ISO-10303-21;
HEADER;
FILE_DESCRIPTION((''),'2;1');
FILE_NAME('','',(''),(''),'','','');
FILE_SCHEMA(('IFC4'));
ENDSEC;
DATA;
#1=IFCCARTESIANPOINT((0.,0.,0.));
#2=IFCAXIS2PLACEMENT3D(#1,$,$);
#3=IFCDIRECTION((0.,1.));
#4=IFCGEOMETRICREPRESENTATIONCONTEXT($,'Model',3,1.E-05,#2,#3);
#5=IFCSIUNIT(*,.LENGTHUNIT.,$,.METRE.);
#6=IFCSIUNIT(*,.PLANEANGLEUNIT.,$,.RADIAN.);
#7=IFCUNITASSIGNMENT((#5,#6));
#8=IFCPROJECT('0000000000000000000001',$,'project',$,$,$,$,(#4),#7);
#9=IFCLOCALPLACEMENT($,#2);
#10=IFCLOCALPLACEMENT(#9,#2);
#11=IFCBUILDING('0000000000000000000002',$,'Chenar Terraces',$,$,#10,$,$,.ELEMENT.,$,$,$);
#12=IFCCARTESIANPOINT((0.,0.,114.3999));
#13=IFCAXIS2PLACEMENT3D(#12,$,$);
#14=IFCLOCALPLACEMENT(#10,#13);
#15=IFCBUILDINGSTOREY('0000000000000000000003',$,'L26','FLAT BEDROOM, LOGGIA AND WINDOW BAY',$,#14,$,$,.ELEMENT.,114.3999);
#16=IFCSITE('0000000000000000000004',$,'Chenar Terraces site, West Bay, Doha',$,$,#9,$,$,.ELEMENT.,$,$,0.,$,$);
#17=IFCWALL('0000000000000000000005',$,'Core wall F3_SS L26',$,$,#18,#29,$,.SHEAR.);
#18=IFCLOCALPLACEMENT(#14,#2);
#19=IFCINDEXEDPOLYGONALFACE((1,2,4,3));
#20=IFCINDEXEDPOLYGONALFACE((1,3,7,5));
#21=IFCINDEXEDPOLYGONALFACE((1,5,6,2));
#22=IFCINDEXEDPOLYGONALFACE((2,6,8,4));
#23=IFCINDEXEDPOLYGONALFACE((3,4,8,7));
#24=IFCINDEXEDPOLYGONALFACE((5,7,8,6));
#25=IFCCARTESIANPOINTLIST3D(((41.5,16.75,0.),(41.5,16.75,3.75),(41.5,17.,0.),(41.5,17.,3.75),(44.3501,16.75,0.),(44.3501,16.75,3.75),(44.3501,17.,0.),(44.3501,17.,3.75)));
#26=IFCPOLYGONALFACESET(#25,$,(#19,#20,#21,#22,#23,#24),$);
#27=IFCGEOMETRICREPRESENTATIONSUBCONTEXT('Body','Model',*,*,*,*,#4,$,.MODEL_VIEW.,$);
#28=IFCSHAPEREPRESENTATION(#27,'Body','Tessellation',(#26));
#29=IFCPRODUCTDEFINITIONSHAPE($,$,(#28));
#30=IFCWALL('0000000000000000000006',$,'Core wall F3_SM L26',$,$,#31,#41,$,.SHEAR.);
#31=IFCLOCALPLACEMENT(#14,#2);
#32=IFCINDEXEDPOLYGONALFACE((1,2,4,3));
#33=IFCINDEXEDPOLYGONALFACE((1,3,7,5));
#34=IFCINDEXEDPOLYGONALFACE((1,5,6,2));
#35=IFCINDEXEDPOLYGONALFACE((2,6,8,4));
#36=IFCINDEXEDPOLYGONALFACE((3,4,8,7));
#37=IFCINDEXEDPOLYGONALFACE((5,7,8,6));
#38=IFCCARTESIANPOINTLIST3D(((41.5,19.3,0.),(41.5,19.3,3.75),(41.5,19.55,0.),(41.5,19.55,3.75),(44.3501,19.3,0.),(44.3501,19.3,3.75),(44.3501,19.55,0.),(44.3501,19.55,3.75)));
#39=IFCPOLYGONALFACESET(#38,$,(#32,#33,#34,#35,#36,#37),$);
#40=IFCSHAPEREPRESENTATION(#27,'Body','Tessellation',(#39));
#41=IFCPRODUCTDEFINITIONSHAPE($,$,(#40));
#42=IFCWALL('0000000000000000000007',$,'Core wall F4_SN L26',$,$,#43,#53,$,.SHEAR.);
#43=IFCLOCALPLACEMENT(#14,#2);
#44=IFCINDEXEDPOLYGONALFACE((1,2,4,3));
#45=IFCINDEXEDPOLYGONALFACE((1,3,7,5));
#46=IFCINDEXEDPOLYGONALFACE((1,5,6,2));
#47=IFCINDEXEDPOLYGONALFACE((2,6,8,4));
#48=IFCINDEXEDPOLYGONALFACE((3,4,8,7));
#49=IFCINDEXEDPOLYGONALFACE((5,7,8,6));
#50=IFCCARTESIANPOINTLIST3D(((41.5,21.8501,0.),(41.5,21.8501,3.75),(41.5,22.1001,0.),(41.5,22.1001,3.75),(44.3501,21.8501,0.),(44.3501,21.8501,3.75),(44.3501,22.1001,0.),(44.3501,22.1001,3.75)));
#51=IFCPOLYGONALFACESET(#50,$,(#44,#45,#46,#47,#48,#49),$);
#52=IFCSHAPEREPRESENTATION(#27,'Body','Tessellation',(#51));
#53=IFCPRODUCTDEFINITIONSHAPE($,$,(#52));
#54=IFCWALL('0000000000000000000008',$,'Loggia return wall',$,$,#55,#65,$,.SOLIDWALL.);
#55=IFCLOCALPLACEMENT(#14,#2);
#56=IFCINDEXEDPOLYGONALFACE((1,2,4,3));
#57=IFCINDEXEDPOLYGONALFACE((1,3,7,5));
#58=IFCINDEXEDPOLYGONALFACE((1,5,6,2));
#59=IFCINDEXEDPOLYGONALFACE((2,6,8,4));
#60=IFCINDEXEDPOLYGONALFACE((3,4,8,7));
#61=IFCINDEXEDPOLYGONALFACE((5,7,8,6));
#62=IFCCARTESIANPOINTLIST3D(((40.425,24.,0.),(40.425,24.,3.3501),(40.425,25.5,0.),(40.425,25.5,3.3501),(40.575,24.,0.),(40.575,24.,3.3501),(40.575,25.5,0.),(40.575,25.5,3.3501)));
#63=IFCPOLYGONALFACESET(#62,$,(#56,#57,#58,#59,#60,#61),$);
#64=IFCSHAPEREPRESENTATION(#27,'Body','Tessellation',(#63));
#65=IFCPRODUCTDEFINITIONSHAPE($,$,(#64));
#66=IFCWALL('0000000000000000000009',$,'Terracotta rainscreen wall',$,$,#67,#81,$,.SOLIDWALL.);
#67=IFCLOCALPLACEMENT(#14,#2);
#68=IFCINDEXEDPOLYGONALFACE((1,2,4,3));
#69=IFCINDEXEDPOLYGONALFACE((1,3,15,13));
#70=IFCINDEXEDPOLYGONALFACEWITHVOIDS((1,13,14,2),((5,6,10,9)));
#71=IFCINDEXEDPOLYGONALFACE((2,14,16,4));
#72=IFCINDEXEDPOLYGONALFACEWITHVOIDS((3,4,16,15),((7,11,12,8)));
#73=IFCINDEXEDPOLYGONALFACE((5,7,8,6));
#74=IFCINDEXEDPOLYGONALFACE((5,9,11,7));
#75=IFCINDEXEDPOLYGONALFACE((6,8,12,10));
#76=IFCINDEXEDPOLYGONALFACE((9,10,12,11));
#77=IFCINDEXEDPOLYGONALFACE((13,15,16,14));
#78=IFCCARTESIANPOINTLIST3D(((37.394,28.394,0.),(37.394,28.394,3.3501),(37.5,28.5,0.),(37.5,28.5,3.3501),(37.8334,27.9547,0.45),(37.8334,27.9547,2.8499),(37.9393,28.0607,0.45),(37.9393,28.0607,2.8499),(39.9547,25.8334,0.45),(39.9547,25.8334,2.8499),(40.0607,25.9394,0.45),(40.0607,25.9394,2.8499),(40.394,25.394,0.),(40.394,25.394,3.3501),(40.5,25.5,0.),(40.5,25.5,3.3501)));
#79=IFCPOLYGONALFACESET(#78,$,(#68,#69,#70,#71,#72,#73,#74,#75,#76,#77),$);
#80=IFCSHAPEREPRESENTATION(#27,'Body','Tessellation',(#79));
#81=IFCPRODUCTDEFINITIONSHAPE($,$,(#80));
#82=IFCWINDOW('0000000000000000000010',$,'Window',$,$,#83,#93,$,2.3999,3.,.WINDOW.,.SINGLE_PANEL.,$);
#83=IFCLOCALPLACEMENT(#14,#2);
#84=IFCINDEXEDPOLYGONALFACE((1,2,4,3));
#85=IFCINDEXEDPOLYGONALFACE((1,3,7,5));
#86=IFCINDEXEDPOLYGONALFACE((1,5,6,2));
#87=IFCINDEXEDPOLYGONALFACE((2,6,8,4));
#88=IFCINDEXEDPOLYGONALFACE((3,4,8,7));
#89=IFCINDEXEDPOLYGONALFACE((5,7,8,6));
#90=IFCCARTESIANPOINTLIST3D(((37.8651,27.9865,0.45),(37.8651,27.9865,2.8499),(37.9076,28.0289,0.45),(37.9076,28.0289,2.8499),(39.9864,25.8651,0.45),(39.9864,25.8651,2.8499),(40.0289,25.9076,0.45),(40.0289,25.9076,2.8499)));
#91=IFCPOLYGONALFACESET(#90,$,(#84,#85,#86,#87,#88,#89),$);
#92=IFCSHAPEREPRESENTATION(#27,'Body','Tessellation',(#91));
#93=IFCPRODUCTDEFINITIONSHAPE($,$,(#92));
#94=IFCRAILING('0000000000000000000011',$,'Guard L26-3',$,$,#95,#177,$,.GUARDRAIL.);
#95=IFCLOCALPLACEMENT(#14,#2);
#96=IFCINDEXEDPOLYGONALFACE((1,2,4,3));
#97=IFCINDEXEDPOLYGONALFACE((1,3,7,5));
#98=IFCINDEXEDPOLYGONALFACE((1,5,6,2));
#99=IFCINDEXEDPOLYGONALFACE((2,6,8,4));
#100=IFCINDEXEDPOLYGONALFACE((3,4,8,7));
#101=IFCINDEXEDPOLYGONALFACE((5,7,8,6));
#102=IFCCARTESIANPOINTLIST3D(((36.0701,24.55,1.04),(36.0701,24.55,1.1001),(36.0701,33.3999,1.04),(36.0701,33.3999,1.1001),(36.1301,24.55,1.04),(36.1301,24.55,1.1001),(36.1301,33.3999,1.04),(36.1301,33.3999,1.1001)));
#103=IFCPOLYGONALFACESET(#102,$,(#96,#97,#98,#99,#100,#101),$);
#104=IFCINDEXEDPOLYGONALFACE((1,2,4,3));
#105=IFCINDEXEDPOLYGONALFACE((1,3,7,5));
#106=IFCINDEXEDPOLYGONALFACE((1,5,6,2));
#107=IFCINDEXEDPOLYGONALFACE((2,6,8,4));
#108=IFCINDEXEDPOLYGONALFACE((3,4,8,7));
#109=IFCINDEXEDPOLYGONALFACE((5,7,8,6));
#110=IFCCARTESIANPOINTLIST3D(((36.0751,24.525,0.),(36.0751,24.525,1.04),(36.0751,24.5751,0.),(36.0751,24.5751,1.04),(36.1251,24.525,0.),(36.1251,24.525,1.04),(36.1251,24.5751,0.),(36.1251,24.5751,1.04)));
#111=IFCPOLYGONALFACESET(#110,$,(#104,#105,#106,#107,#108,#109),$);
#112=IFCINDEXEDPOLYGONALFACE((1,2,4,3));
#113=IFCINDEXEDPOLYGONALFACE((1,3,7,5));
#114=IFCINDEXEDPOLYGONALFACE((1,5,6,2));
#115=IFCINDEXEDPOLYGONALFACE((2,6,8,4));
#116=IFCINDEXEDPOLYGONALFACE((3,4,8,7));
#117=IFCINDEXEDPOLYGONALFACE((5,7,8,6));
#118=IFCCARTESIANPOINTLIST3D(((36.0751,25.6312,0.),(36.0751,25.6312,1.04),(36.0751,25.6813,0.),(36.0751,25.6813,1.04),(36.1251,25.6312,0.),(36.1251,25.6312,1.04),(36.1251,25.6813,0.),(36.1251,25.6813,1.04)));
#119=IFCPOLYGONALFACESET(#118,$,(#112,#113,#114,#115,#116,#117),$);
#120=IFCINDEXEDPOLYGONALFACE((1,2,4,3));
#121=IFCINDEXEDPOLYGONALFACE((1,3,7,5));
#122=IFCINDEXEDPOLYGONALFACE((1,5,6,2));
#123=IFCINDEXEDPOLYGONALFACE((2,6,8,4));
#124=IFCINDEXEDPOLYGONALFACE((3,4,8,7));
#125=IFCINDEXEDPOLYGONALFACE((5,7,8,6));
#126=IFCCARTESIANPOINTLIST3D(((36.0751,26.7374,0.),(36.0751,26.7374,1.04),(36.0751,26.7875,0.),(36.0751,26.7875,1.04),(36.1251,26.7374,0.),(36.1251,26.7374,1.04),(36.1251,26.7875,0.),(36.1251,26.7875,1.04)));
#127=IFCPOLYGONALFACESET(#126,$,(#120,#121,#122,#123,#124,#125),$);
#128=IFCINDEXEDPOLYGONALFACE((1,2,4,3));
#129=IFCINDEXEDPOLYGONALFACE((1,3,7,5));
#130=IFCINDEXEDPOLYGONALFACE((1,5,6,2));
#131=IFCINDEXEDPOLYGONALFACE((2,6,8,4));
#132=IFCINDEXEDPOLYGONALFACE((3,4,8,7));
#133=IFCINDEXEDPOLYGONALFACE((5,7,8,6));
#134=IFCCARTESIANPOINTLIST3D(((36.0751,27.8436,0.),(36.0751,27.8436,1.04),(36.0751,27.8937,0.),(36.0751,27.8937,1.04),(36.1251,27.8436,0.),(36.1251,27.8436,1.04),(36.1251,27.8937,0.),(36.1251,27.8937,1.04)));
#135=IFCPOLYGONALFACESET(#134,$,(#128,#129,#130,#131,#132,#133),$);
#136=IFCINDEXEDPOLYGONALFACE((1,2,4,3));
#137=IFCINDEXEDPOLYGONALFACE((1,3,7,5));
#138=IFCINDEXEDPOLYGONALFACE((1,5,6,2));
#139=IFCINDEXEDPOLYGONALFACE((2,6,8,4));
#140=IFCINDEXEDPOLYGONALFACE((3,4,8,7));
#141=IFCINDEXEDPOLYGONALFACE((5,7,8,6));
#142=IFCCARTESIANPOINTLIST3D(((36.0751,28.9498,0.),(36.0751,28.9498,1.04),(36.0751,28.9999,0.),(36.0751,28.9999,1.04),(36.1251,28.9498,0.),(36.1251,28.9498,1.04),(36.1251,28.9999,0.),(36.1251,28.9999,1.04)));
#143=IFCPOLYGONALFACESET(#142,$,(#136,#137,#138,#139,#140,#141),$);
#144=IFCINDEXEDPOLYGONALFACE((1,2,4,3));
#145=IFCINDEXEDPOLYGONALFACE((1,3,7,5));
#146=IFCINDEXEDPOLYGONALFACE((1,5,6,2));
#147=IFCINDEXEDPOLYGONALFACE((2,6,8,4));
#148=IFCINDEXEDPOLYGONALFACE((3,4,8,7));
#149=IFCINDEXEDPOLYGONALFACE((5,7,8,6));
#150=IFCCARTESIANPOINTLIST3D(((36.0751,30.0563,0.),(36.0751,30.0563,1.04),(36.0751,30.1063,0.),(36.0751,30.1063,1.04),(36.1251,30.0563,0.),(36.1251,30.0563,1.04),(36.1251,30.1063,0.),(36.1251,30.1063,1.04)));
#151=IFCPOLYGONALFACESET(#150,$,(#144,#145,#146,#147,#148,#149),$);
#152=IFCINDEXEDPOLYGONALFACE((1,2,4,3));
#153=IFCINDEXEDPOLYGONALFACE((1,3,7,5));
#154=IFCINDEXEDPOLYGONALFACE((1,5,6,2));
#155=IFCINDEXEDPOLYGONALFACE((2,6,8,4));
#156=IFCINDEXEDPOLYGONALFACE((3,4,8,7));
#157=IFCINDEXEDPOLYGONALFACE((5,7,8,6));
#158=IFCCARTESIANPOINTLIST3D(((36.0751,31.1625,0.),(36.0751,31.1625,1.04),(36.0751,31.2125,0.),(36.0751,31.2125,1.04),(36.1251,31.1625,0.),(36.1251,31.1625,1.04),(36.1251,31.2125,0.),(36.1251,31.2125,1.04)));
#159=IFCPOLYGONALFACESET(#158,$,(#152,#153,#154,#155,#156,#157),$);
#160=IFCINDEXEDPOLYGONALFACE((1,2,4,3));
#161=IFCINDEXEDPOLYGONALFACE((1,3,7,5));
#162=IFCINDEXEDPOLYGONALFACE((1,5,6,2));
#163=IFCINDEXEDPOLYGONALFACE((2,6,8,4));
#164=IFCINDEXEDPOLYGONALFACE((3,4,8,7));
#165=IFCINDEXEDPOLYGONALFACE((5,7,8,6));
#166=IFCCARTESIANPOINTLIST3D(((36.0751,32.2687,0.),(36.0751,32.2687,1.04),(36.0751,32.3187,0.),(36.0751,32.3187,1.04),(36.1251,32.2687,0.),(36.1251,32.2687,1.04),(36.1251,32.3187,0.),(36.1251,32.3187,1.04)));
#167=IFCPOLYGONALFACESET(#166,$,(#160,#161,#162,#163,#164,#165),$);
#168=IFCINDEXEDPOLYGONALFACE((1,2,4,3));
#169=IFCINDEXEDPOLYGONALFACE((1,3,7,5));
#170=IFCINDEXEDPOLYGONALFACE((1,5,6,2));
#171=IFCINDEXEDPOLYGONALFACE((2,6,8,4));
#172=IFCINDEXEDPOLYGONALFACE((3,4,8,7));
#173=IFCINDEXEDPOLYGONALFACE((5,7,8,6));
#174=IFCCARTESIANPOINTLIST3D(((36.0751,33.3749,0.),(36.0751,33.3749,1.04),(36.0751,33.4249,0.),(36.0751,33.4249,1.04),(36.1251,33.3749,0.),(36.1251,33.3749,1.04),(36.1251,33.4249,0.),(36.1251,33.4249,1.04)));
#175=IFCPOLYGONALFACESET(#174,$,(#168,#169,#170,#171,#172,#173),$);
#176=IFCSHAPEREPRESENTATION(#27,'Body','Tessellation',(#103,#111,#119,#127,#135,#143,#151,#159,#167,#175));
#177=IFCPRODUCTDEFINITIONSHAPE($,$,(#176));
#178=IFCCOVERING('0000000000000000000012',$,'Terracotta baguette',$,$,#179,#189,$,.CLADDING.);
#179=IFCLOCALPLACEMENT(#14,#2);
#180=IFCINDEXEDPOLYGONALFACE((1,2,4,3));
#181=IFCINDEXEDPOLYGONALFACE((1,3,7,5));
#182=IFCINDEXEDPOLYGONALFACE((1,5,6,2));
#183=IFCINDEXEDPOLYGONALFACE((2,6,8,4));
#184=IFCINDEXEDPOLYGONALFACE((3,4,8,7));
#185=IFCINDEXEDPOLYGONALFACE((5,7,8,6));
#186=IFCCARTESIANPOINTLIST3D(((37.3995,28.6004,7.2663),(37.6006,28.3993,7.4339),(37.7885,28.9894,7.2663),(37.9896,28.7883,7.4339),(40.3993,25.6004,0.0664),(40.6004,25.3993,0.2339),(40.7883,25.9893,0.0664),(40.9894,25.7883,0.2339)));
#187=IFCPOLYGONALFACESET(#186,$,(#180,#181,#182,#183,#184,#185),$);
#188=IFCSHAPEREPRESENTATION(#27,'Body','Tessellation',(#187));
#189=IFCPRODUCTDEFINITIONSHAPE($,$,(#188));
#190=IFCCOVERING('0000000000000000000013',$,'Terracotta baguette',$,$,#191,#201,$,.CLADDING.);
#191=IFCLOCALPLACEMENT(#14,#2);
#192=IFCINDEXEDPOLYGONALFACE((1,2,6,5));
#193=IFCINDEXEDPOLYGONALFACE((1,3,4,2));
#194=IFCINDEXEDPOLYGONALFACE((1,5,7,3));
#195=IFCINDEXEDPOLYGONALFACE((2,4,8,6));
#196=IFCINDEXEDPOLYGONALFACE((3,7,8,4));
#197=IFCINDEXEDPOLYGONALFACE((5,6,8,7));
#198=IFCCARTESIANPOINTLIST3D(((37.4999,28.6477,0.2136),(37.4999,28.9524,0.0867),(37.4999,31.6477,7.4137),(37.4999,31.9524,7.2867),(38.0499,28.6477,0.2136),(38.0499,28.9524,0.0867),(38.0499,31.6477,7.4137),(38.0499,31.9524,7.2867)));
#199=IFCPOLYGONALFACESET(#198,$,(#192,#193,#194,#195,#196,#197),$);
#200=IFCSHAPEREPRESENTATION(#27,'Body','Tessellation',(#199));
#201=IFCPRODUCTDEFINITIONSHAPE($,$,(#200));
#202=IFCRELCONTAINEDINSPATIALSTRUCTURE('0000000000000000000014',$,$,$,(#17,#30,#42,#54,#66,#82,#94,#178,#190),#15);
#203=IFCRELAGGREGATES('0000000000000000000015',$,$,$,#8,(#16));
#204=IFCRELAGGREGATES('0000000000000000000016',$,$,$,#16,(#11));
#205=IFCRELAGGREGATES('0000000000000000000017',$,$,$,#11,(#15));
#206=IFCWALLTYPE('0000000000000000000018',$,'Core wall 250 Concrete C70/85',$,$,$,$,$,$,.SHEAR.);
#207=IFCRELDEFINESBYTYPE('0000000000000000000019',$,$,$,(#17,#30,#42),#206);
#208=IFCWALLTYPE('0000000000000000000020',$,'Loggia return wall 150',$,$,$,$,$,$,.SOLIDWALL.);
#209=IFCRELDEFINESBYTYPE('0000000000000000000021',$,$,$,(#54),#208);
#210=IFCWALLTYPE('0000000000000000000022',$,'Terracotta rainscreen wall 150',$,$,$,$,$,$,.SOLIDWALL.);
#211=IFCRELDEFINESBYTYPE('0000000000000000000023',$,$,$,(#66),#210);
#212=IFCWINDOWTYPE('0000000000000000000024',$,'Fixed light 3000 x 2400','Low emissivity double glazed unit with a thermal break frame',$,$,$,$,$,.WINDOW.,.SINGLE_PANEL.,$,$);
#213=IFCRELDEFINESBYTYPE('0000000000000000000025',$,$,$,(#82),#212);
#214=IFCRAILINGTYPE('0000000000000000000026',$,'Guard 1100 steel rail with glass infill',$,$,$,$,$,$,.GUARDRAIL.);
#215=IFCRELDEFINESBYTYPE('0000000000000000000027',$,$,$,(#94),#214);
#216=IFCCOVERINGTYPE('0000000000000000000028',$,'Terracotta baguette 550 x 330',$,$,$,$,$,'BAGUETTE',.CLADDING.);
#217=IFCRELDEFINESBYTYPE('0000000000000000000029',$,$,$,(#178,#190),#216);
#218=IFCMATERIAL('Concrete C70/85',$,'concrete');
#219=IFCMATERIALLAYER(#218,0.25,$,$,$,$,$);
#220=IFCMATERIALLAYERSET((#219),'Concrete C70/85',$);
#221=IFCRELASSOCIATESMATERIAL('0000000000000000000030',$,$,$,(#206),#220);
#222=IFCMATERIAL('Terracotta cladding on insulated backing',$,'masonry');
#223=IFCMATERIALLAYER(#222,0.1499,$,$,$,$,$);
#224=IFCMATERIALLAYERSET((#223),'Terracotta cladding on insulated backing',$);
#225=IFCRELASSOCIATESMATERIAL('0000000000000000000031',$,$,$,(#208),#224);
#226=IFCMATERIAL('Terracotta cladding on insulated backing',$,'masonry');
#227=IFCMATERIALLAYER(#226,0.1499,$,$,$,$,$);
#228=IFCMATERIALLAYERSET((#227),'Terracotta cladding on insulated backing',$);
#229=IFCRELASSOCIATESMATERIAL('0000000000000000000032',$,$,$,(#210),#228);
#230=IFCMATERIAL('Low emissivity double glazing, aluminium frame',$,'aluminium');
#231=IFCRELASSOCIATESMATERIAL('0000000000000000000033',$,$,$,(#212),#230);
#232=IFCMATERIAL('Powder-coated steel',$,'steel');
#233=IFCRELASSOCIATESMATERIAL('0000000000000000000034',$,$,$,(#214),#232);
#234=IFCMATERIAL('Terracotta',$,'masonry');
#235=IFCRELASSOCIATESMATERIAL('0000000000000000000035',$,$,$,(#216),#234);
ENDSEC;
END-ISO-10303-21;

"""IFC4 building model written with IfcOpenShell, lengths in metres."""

from ifc_helpers import new_model, si_unit, direction, frame, frame_2d, origin, origin_2d, place, context, subcontext, project, spatial, rectangle, extrude, material, layer, layer_set, material_profile, profile_set, type_object, element, fill, save


model = new_model("IFC4")

# Units and contexts
model_context = context("Model", 3, precision=1e-05, world=origin(), true_north=direction((0.0, 1.0)))
body_context = subcontext(model_context, "Body", "Model", "MODEL_VIEW")
ifc_project = project(units=[si_unit("LENGTHUNIT", "METRE"), si_unit("PLANEANGLEUNIT", "RADIAN")], contexts=[model_context])

# Site, building, storey
site_placement = place(None, origin())
site = spatial("IfcSite", under=ifc_project, at=site_placement, Name="Chenar Terraces site, West Bay, Doha", CompositionType="ELEMENT", RefElevation=0.0)
building_placement = place(site_placement, origin())
building = spatial("IfcBuilding", under=site, at=building_placement, Name="Chenar Terraces", CompositionType="ELEMENT")
storey_placement = place(building_placement, frame((0.0, 0.0, 114.3999)))
storey = spatial("IfcBuildingStorey", under=building, at=storey_placement, Name="L26", Description="FLAT BEDROOM, LOGGIA AND WINDOW BAY", CompositionType="ELEMENT", Elevation=114.3999)

# Walls
ifc_material_1 = material(Name="Concrete C70/85", Category="concrete")
ifc_layer_1 = layer(ifc_material_1, 0.25)
ifc_layer_set_1 = layer_set([ifc_layer_1], Name="Concrete C70/85")
wall_type_1 = type_object("IfcWallType", Name="Core wall 250 Concrete C70/85", PredefinedType="SHEAR", material=ifc_layer_set_1)
for number, where, z_axis, x_axis, name in (
    (1, (41.5, 16.875, 0.0), (0.0, 0.0, 1.0), (1.0, 0.0, 0.0), "Core wall F3_SS L26"),
    (2, (41.5, 19.425, 0.0), (0.0, 0.0, 1.0), (1.0, 0.0, 0.0), "Core wall F3_SM L26"),
    (3, (41.5, 21.9751, 0.0), (0.0, 0.0, 1.0), (1.0, 0.0, 0.0), "Core wall F4_SN L26"),
):
    element("IfcWall", number, at=place(storey_placement, frame(where, z_axis=z_axis, x_axis=x_axis)), inside=storey, type_object=wall_type_1, Name=name, PredefinedType="SHEAR", context=body_context, shape_type="SweptSolid", body=[
        extrude(rectangle(XDim=2.8501, YDim=0.25, at=frame_2d((1.425, 0.0))), origin(), (0.0, 0.0, 1.0), 3.75),
    ])
ifc_material_2 = material(Name="Terracotta cladding on insulated backing", Category="masonry")
ifc_layer_2 = layer(ifc_material_2, 0.1499)
ifc_layer_set_2 = layer_set([ifc_layer_2], Name="Terracotta cladding on insulated backing")
wall_type_2 = type_object("IfcWallType", Name="Loggia return wall 150", PredefinedType="SOLIDWALL", material=ifc_layer_set_2)
wall_1_placement = place(storey_placement, frame((40.5, 25.5, 0.0), z_axis=(0.0, 0.0, 1.0), x_axis=(0.0, -1.0, 0.0)))
element("IfcWall", 4, at=wall_1_placement, inside=storey, type_object=wall_type_2, Name="Loggia return wall", PredefinedType="SOLIDWALL", context=body_context, shape_type="SweptSolid", body=[
    extrude(rectangle(XDim=1.5, YDim=0.1499, at=frame_2d((0.75, 0.0))), origin(), (0.0, 0.0, 1.0), 3.3501),
])

# Wall, opening, window
ifc_material_3 = material(Name="Terracotta cladding on insulated backing", Category="masonry")
ifc_layer_3 = layer(ifc_material_3, 0.1499)
ifc_layer_set_3 = layer_set([ifc_layer_3], Name="Terracotta cladding on insulated backing")
wall_type_3 = type_object("IfcWallType", Name="Terracotta rainscreen wall 150", PredefinedType="SOLIDWALL", material=ifc_layer_set_3)
wall_2_placement = place(storey_placement, frame((40.447, 25.447, 0.0), z_axis=(0.0, 0.0, 1.0), x_axis=(-0.707107, 0.707107, 0.0)))
wall_2 = element("IfcWall", 5, at=wall_2_placement, inside=storey, type_object=wall_type_3, Name="Terracotta rainscreen wall", PredefinedType="SOLIDWALL", context=body_context, shape_type="SweptSolid", body=[
    extrude(rectangle(XDim=4.2427, YDim=0.1499, at=frame_2d((2.1213, 0.0))), origin(), (0.0, 0.0, 1.0), 3.3501),
])
opening_1_placement = place(wall_2_placement, frame((0.6213, 0.0, 0.45)))
opening_1 = element("IfcOpeningElement", 6, at=opening_1_placement, cuts=wall_2, PredefinedType="OPENING", context=body_context, shape_type="SweptSolid", body=[
    extrude(rectangle(XDim=3.0, YDim=2.3999, at=frame_2d((1.5, 1.2))), frame((0.0, 0.085, 0.0), z_axis=(0.0, -1.0, 0.0), x_axis=(1.0, 0.0, 0.0)), (0.0, 0.0, 1.0), 0.1699),
])
ifc_material_4 = material(Name="Low emissivity double glazing, aluminium frame", Category="aluminium")
window_type = type_object("IfcWindowType", Name="Fixed light 3000 x 2400", Description="Low emissivity double glazed unit with a thermal break frame", PartitioningType="SINGLE_PANEL", PredefinedType="WINDOW", material=ifc_material_4)
window_placement = place(opening_1_placement, origin())
window = element("IfcWindow", 7, at=window_placement, inside=storey, type_object=window_type, Name="Window", OverallHeight=2.3999, OverallWidth=3.0, PartitioningType="SINGLE_PANEL", PredefinedType="WINDOW", context=body_context, shape_type="SweptSolid", body=[
    extrude(rectangle(XDim=3.0, YDim=2.3999, at=frame_2d((1.5, 1.2))), frame((0.0, 0.03, 0.0), z_axis=(0.0, -1.0, 0.0), x_axis=(1.0, 0.0, 0.0)), (0.0, 0.0, 1.0), 0.0601),
])
fill(opening_1, window)

# Railing
ifc_material_5 = material(Name="Powder-coated steel", Category="steel")
railing_type = type_object("IfcRailingType", Name="Guard 1100 steel rail with glass infill", PredefinedType="GUARDRAIL", material=ifc_material_5)
railing_placement = place(storey_placement, frame((36.1001, 24.55, 0.0)))
element("IfcRailing", 8, at=railing_placement, inside=storey, type_object=railing_type, Name="Guard L26-3", PredefinedType="GUARDRAIL", context=body_context, shape_type="SweptSolid", body=[
    extrude(rectangle(XDim=0.0601, YDim=0.0601, at=origin_2d()), frame((0.0, 0.0, 1.0701), z_axis=(0.0, 1.0, 0.0), x_axis=(-1.0, 0.0, 0.0)), (0.0, 0.0, 1.0), 8.8499),
    extrude(rectangle(XDim=0.05, YDim=0.05, at=origin_2d()), origin(), (0.0, 0.0, 1.0), 1.04),
    extrude(rectangle(XDim=0.05, YDim=0.05, at=origin_2d()), frame((0.0, 1.1062, 0.0)), (0.0, 0.0, 1.0), 1.04),
    extrude(rectangle(XDim=0.05, YDim=0.05, at=origin_2d()), frame((0.0, 2.2124, 0.0)), (0.0, 0.0, 1.0), 1.04),
    extrude(rectangle(XDim=0.05, YDim=0.05, at=origin_2d()), frame((0.0, 3.3186, 0.0)), (0.0, 0.0, 1.0), 1.04),
    extrude(rectangle(XDim=0.05, YDim=0.05, at=origin_2d()), frame((0.0, 4.4248, 0.0)), (0.0, 0.0, 1.0), 1.04),
    extrude(rectangle(XDim=0.05, YDim=0.05, at=origin_2d()), frame((0.0, 5.5312, 0.0)), (0.0, 0.0, 1.0), 1.04),
    extrude(rectangle(XDim=0.05, YDim=0.05, at=origin_2d()), frame((0.0, 6.6375, 0.0)), (0.0, 0.0, 1.0), 1.04),
    extrude(rectangle(XDim=0.05, YDim=0.05, at=origin_2d()), frame((0.0, 7.7437, 0.0)), (0.0, 0.0, 1.0), 1.04),
    extrude(rectangle(XDim=0.05, YDim=0.05, at=origin_2d()), frame((0.0, 8.8499, 0.0)), (0.0, 0.0, 1.0), 1.04),
])

# Coverings
ifc_material_6 = material(Name="Terracotta", Category="masonry")
ifc_material_profile_1 = material_profile(ifc_material_6, rectangle(XDim=0.55, YDim=0.3301, at=origin_2d()), Name="Terracotta baguette 550 x 330")
ifc_profile_set_1 = profile_set([ifc_material_profile_1], Name="Terracotta")
covering_type = type_object("IfcCoveringType", Name="Terracotta baguette 550 x 330", ElementType="BAGUETTE", PredefinedType="CLADDING", material=ifc_profile_set_1)
covering_1_placement = place(storey_placement, frame((40.6943, 25.6943, 0.1501), z_axis=(-0.358955, 0.358985, 0.861557), x_axis=(-0.707136, -0.707078, 0.0)))
element("IfcCovering", 9, at=covering_1_placement, inside=storey, type_object=covering_type, Name="Terracotta baguette", PredefinedType="CLADDING", context=body_context, shape_type="SweptSolid", body=[
    extrude(rectangle(XDim=0.55, YDim=0.3301, at=origin_2d()), origin(), (0.0, 0.0, 1.0), 8.3569),
])
covering_2_placement = place(storey_placement, frame((37.7749, 28.8, 0.1501), z_axis=(0.0, 0.384618, 0.923076), x_axis=(-1.0, 0.0, 0.0)))
element("IfcCovering", 10, at=covering_2_placement, inside=storey, type_object=covering_type, Name="Terracotta baguette", PredefinedType="CLADDING", context=body_context, shape_type="SweptSolid", body=[
    extrude(rectangle(XDim=0.55, YDim=0.3301, at=origin_2d()), origin(), (0.0, 0.0, 1.0), 7.8),
])

save(model, "model.ifc")
